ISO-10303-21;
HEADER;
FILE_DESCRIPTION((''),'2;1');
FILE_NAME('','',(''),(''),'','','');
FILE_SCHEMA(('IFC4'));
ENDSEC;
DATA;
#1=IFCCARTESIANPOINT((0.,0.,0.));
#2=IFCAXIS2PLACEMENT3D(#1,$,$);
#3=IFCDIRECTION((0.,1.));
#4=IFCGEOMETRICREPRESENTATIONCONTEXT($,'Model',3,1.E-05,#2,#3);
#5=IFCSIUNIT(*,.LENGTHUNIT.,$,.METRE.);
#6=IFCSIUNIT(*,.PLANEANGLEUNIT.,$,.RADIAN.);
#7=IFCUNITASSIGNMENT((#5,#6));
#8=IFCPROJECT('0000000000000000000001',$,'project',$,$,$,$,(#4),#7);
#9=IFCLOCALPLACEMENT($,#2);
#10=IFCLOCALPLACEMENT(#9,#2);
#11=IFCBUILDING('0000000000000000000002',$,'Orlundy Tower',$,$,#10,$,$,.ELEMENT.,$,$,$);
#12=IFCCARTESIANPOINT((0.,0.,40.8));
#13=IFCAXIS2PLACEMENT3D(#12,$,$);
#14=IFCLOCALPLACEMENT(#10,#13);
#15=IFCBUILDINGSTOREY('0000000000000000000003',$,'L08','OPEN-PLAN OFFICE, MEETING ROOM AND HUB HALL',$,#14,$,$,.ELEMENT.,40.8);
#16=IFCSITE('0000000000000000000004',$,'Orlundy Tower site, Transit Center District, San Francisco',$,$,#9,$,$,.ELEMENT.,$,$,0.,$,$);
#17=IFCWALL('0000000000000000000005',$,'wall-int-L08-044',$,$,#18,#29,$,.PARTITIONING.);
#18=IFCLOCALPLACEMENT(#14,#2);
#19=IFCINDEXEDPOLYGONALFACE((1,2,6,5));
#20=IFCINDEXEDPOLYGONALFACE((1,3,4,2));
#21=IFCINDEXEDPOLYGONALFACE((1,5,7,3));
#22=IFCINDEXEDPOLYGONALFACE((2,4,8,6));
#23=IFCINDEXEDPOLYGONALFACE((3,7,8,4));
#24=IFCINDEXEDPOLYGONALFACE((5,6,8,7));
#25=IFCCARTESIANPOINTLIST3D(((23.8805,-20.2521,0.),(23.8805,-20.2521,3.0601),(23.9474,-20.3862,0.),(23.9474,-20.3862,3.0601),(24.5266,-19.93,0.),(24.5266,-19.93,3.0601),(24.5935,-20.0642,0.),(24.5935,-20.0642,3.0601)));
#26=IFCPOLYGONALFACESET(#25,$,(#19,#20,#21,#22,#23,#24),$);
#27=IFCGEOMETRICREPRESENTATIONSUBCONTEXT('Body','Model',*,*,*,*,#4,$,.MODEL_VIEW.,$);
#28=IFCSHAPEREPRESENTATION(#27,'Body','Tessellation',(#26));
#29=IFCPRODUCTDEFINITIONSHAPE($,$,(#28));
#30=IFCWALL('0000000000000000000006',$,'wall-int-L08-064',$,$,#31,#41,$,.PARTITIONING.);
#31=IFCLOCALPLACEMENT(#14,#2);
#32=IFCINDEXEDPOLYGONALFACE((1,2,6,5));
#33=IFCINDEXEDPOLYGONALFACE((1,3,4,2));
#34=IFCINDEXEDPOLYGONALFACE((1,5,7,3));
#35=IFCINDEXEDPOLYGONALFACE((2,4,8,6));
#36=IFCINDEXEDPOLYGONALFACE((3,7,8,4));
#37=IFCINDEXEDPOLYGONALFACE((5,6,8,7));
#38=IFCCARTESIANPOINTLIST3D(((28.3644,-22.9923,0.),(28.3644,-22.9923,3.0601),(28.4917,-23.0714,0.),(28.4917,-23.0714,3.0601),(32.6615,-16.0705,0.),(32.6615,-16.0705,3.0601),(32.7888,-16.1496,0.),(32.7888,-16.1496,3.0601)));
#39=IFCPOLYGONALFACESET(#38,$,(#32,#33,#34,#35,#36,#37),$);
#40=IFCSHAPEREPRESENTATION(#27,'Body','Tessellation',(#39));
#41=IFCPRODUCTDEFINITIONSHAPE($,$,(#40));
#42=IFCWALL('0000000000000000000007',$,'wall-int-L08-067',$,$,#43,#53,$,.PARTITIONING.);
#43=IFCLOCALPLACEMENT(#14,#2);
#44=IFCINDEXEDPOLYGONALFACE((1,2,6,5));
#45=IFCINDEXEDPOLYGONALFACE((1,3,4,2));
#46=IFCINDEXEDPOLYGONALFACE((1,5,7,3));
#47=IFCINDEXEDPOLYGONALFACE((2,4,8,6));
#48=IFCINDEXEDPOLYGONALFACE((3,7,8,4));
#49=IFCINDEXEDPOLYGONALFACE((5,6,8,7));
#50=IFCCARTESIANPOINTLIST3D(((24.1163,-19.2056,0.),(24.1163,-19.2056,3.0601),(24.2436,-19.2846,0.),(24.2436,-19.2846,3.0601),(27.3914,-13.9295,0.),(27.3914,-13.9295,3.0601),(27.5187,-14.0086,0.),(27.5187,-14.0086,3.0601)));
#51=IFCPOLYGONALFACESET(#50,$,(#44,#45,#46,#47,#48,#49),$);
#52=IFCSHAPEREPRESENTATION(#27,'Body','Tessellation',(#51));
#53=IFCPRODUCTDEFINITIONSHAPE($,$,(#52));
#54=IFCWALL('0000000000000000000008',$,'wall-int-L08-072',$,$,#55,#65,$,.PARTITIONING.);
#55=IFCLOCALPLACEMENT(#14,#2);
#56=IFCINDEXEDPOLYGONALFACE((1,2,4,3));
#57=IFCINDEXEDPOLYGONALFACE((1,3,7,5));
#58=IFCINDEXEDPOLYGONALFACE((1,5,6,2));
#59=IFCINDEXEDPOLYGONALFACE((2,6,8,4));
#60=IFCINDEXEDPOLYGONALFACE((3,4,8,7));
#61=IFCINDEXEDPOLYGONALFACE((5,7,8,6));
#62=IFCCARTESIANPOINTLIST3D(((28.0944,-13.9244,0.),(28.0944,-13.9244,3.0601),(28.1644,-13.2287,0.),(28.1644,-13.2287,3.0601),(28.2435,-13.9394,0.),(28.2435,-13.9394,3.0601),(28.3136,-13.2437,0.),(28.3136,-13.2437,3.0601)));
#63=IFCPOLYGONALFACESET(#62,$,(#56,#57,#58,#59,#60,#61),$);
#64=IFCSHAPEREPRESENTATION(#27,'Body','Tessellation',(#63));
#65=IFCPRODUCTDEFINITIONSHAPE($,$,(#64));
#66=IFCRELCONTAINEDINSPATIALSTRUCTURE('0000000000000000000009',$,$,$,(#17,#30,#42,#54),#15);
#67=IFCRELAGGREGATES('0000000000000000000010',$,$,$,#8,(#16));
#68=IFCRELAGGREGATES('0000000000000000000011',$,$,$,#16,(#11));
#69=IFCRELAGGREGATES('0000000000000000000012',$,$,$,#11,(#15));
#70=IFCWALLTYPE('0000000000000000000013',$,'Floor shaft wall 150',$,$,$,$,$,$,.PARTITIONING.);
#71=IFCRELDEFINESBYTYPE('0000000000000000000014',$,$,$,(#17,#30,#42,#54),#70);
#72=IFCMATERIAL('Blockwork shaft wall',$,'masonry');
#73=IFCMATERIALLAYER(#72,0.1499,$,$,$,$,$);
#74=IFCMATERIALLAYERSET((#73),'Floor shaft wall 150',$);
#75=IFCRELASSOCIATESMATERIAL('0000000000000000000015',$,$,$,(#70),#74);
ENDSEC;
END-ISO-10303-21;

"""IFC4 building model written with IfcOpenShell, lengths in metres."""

from ifc_helpers import new_model, si_unit, direction, frame, frame_2d, origin, place, context, subcontext, project, spatial, rectangle, extrude, material, layer, layer_set, type_object, element, save


model = new_model("IFC4")

# Units and contexts
model_context = context("Model", 3, precision=1e-05, world=origin(), true_north=direction((0.0, 1.0)))
body_context = subcontext(model_context, "Body", "Model", "MODEL_VIEW")
ifc_project = project(units=[si_unit("LENGTHUNIT", "METRE"), si_unit("PLANEANGLEUNIT", "RADIAN")], contexts=[model_context])

# Site, building, storey
site_placement = place(None, origin())
site = spatial("IfcSite", under=ifc_project, at=site_placement, Name="Orlundy Tower site, Transit Center District, San Francisco", CompositionType="ELEMENT", RefElevation=0.0)
building_placement = place(site_placement, origin())
building = spatial("IfcBuilding", under=site, at=building_placement, Name="Orlundy Tower", CompositionType="ELEMENT")
storey_placement = place(building_placement, frame((0.0, 0.0, 40.8)))
storey = spatial("IfcBuildingStorey", under=building, at=storey_placement, Name="L08", Description="OPEN-PLAN OFFICE, MEETING ROOM AND HUB HALL", CompositionType="ELEMENT", Elevation=40.8)

# Shared definitions
ifc_material_1 = material(Name="Blockwork shaft wall", Category="masonry")
ifc_layer_1 = layer(ifc_material_1, 0.1499)
ifc_layer_set_1 = layer_set([ifc_layer_1], Name="Floor shaft wall 150")
wall_type_1 = type_object("IfcWallType", Name="Floor shaft wall 150", PredefinedType="PARTITIONING", material=ifc_layer_set_1)

# Walls
wall_1_placement = place(storey_placement, frame((23.9141, -20.3191, 0.0), z_axis=(0.0, 0.0, 1.0), x_axis=(0.894968, 0.446131, 0.0)))
element("IfcWall", 1, at=wall_1_placement, inside=storey, type_object=wall_type_1, Name="wall-int-L08-044", PredefinedType="PARTITIONING", context=body_context, shape_type="SweptSolid", body=[
    extrude(rectangle(XDim=0.7219, YDim=0.1499, at=frame_2d((0.3608, 0.0))), origin(), (0.0, 0.0, 1.0), 3.0601),
])
wall_2_placement = place(storey_placement, frame((28.428, -23.032, 0.0), z_axis=(0.0, 0.0, 1.0), x_axis=(0.527432, 0.849597, 0.0)))
element("IfcWall", 2, at=wall_2_placement, inside=storey, type_object=wall_type_1, Name="wall-int-L08-064", PredefinedType="PARTITIONING", context=body_context, shape_type="SweptSolid", body=[
    extrude(rectangle(XDim=8.1472, YDim=0.1499, at=frame_2d((4.0737, 0.0))), origin(), (0.0, 0.0, 1.0), 3.0601),
])
wall_3_placement = place(storey_placement, frame((24.1799, -19.2451, 0.0), z_axis=(0.0, 0.0, 1.0), x_axis=(0.527399, 0.849618, 0.0)))
element("IfcWall", 3, at=wall_3_placement, inside=storey, type_object=wall_type_1, Name="wall-int-L08-067", PredefinedType="PARTITIONING", context=body_context, shape_type="SweptSolid", body=[
    extrude(rectangle(XDim=6.21, YDim=0.1499, at=frame_2d((3.105, 0.0))), origin(), (0.0, 0.0, 1.0), 3.0601),
])
wall_4_placement = place(storey_placement, frame((28.1689, -13.9319, 0.0), z_axis=(0.0, 0.0, 1.0), x_axis=(0.100195, 0.994968, 0.0)))
element("IfcWall", 4, at=wall_4_placement, inside=storey, type_object=wall_type_1, Name="wall-int-L08-072", PredefinedType="PARTITIONING", context=body_context, shape_type="SweptSolid", body=[
    extrude(rectangle(XDim=0.6992, YDim=0.1499, at=frame_2d((0.3496, 0.0))), origin(), (0.0, 0.0, 1.0), 3.0601),
])

save(model, "model.ifc")
